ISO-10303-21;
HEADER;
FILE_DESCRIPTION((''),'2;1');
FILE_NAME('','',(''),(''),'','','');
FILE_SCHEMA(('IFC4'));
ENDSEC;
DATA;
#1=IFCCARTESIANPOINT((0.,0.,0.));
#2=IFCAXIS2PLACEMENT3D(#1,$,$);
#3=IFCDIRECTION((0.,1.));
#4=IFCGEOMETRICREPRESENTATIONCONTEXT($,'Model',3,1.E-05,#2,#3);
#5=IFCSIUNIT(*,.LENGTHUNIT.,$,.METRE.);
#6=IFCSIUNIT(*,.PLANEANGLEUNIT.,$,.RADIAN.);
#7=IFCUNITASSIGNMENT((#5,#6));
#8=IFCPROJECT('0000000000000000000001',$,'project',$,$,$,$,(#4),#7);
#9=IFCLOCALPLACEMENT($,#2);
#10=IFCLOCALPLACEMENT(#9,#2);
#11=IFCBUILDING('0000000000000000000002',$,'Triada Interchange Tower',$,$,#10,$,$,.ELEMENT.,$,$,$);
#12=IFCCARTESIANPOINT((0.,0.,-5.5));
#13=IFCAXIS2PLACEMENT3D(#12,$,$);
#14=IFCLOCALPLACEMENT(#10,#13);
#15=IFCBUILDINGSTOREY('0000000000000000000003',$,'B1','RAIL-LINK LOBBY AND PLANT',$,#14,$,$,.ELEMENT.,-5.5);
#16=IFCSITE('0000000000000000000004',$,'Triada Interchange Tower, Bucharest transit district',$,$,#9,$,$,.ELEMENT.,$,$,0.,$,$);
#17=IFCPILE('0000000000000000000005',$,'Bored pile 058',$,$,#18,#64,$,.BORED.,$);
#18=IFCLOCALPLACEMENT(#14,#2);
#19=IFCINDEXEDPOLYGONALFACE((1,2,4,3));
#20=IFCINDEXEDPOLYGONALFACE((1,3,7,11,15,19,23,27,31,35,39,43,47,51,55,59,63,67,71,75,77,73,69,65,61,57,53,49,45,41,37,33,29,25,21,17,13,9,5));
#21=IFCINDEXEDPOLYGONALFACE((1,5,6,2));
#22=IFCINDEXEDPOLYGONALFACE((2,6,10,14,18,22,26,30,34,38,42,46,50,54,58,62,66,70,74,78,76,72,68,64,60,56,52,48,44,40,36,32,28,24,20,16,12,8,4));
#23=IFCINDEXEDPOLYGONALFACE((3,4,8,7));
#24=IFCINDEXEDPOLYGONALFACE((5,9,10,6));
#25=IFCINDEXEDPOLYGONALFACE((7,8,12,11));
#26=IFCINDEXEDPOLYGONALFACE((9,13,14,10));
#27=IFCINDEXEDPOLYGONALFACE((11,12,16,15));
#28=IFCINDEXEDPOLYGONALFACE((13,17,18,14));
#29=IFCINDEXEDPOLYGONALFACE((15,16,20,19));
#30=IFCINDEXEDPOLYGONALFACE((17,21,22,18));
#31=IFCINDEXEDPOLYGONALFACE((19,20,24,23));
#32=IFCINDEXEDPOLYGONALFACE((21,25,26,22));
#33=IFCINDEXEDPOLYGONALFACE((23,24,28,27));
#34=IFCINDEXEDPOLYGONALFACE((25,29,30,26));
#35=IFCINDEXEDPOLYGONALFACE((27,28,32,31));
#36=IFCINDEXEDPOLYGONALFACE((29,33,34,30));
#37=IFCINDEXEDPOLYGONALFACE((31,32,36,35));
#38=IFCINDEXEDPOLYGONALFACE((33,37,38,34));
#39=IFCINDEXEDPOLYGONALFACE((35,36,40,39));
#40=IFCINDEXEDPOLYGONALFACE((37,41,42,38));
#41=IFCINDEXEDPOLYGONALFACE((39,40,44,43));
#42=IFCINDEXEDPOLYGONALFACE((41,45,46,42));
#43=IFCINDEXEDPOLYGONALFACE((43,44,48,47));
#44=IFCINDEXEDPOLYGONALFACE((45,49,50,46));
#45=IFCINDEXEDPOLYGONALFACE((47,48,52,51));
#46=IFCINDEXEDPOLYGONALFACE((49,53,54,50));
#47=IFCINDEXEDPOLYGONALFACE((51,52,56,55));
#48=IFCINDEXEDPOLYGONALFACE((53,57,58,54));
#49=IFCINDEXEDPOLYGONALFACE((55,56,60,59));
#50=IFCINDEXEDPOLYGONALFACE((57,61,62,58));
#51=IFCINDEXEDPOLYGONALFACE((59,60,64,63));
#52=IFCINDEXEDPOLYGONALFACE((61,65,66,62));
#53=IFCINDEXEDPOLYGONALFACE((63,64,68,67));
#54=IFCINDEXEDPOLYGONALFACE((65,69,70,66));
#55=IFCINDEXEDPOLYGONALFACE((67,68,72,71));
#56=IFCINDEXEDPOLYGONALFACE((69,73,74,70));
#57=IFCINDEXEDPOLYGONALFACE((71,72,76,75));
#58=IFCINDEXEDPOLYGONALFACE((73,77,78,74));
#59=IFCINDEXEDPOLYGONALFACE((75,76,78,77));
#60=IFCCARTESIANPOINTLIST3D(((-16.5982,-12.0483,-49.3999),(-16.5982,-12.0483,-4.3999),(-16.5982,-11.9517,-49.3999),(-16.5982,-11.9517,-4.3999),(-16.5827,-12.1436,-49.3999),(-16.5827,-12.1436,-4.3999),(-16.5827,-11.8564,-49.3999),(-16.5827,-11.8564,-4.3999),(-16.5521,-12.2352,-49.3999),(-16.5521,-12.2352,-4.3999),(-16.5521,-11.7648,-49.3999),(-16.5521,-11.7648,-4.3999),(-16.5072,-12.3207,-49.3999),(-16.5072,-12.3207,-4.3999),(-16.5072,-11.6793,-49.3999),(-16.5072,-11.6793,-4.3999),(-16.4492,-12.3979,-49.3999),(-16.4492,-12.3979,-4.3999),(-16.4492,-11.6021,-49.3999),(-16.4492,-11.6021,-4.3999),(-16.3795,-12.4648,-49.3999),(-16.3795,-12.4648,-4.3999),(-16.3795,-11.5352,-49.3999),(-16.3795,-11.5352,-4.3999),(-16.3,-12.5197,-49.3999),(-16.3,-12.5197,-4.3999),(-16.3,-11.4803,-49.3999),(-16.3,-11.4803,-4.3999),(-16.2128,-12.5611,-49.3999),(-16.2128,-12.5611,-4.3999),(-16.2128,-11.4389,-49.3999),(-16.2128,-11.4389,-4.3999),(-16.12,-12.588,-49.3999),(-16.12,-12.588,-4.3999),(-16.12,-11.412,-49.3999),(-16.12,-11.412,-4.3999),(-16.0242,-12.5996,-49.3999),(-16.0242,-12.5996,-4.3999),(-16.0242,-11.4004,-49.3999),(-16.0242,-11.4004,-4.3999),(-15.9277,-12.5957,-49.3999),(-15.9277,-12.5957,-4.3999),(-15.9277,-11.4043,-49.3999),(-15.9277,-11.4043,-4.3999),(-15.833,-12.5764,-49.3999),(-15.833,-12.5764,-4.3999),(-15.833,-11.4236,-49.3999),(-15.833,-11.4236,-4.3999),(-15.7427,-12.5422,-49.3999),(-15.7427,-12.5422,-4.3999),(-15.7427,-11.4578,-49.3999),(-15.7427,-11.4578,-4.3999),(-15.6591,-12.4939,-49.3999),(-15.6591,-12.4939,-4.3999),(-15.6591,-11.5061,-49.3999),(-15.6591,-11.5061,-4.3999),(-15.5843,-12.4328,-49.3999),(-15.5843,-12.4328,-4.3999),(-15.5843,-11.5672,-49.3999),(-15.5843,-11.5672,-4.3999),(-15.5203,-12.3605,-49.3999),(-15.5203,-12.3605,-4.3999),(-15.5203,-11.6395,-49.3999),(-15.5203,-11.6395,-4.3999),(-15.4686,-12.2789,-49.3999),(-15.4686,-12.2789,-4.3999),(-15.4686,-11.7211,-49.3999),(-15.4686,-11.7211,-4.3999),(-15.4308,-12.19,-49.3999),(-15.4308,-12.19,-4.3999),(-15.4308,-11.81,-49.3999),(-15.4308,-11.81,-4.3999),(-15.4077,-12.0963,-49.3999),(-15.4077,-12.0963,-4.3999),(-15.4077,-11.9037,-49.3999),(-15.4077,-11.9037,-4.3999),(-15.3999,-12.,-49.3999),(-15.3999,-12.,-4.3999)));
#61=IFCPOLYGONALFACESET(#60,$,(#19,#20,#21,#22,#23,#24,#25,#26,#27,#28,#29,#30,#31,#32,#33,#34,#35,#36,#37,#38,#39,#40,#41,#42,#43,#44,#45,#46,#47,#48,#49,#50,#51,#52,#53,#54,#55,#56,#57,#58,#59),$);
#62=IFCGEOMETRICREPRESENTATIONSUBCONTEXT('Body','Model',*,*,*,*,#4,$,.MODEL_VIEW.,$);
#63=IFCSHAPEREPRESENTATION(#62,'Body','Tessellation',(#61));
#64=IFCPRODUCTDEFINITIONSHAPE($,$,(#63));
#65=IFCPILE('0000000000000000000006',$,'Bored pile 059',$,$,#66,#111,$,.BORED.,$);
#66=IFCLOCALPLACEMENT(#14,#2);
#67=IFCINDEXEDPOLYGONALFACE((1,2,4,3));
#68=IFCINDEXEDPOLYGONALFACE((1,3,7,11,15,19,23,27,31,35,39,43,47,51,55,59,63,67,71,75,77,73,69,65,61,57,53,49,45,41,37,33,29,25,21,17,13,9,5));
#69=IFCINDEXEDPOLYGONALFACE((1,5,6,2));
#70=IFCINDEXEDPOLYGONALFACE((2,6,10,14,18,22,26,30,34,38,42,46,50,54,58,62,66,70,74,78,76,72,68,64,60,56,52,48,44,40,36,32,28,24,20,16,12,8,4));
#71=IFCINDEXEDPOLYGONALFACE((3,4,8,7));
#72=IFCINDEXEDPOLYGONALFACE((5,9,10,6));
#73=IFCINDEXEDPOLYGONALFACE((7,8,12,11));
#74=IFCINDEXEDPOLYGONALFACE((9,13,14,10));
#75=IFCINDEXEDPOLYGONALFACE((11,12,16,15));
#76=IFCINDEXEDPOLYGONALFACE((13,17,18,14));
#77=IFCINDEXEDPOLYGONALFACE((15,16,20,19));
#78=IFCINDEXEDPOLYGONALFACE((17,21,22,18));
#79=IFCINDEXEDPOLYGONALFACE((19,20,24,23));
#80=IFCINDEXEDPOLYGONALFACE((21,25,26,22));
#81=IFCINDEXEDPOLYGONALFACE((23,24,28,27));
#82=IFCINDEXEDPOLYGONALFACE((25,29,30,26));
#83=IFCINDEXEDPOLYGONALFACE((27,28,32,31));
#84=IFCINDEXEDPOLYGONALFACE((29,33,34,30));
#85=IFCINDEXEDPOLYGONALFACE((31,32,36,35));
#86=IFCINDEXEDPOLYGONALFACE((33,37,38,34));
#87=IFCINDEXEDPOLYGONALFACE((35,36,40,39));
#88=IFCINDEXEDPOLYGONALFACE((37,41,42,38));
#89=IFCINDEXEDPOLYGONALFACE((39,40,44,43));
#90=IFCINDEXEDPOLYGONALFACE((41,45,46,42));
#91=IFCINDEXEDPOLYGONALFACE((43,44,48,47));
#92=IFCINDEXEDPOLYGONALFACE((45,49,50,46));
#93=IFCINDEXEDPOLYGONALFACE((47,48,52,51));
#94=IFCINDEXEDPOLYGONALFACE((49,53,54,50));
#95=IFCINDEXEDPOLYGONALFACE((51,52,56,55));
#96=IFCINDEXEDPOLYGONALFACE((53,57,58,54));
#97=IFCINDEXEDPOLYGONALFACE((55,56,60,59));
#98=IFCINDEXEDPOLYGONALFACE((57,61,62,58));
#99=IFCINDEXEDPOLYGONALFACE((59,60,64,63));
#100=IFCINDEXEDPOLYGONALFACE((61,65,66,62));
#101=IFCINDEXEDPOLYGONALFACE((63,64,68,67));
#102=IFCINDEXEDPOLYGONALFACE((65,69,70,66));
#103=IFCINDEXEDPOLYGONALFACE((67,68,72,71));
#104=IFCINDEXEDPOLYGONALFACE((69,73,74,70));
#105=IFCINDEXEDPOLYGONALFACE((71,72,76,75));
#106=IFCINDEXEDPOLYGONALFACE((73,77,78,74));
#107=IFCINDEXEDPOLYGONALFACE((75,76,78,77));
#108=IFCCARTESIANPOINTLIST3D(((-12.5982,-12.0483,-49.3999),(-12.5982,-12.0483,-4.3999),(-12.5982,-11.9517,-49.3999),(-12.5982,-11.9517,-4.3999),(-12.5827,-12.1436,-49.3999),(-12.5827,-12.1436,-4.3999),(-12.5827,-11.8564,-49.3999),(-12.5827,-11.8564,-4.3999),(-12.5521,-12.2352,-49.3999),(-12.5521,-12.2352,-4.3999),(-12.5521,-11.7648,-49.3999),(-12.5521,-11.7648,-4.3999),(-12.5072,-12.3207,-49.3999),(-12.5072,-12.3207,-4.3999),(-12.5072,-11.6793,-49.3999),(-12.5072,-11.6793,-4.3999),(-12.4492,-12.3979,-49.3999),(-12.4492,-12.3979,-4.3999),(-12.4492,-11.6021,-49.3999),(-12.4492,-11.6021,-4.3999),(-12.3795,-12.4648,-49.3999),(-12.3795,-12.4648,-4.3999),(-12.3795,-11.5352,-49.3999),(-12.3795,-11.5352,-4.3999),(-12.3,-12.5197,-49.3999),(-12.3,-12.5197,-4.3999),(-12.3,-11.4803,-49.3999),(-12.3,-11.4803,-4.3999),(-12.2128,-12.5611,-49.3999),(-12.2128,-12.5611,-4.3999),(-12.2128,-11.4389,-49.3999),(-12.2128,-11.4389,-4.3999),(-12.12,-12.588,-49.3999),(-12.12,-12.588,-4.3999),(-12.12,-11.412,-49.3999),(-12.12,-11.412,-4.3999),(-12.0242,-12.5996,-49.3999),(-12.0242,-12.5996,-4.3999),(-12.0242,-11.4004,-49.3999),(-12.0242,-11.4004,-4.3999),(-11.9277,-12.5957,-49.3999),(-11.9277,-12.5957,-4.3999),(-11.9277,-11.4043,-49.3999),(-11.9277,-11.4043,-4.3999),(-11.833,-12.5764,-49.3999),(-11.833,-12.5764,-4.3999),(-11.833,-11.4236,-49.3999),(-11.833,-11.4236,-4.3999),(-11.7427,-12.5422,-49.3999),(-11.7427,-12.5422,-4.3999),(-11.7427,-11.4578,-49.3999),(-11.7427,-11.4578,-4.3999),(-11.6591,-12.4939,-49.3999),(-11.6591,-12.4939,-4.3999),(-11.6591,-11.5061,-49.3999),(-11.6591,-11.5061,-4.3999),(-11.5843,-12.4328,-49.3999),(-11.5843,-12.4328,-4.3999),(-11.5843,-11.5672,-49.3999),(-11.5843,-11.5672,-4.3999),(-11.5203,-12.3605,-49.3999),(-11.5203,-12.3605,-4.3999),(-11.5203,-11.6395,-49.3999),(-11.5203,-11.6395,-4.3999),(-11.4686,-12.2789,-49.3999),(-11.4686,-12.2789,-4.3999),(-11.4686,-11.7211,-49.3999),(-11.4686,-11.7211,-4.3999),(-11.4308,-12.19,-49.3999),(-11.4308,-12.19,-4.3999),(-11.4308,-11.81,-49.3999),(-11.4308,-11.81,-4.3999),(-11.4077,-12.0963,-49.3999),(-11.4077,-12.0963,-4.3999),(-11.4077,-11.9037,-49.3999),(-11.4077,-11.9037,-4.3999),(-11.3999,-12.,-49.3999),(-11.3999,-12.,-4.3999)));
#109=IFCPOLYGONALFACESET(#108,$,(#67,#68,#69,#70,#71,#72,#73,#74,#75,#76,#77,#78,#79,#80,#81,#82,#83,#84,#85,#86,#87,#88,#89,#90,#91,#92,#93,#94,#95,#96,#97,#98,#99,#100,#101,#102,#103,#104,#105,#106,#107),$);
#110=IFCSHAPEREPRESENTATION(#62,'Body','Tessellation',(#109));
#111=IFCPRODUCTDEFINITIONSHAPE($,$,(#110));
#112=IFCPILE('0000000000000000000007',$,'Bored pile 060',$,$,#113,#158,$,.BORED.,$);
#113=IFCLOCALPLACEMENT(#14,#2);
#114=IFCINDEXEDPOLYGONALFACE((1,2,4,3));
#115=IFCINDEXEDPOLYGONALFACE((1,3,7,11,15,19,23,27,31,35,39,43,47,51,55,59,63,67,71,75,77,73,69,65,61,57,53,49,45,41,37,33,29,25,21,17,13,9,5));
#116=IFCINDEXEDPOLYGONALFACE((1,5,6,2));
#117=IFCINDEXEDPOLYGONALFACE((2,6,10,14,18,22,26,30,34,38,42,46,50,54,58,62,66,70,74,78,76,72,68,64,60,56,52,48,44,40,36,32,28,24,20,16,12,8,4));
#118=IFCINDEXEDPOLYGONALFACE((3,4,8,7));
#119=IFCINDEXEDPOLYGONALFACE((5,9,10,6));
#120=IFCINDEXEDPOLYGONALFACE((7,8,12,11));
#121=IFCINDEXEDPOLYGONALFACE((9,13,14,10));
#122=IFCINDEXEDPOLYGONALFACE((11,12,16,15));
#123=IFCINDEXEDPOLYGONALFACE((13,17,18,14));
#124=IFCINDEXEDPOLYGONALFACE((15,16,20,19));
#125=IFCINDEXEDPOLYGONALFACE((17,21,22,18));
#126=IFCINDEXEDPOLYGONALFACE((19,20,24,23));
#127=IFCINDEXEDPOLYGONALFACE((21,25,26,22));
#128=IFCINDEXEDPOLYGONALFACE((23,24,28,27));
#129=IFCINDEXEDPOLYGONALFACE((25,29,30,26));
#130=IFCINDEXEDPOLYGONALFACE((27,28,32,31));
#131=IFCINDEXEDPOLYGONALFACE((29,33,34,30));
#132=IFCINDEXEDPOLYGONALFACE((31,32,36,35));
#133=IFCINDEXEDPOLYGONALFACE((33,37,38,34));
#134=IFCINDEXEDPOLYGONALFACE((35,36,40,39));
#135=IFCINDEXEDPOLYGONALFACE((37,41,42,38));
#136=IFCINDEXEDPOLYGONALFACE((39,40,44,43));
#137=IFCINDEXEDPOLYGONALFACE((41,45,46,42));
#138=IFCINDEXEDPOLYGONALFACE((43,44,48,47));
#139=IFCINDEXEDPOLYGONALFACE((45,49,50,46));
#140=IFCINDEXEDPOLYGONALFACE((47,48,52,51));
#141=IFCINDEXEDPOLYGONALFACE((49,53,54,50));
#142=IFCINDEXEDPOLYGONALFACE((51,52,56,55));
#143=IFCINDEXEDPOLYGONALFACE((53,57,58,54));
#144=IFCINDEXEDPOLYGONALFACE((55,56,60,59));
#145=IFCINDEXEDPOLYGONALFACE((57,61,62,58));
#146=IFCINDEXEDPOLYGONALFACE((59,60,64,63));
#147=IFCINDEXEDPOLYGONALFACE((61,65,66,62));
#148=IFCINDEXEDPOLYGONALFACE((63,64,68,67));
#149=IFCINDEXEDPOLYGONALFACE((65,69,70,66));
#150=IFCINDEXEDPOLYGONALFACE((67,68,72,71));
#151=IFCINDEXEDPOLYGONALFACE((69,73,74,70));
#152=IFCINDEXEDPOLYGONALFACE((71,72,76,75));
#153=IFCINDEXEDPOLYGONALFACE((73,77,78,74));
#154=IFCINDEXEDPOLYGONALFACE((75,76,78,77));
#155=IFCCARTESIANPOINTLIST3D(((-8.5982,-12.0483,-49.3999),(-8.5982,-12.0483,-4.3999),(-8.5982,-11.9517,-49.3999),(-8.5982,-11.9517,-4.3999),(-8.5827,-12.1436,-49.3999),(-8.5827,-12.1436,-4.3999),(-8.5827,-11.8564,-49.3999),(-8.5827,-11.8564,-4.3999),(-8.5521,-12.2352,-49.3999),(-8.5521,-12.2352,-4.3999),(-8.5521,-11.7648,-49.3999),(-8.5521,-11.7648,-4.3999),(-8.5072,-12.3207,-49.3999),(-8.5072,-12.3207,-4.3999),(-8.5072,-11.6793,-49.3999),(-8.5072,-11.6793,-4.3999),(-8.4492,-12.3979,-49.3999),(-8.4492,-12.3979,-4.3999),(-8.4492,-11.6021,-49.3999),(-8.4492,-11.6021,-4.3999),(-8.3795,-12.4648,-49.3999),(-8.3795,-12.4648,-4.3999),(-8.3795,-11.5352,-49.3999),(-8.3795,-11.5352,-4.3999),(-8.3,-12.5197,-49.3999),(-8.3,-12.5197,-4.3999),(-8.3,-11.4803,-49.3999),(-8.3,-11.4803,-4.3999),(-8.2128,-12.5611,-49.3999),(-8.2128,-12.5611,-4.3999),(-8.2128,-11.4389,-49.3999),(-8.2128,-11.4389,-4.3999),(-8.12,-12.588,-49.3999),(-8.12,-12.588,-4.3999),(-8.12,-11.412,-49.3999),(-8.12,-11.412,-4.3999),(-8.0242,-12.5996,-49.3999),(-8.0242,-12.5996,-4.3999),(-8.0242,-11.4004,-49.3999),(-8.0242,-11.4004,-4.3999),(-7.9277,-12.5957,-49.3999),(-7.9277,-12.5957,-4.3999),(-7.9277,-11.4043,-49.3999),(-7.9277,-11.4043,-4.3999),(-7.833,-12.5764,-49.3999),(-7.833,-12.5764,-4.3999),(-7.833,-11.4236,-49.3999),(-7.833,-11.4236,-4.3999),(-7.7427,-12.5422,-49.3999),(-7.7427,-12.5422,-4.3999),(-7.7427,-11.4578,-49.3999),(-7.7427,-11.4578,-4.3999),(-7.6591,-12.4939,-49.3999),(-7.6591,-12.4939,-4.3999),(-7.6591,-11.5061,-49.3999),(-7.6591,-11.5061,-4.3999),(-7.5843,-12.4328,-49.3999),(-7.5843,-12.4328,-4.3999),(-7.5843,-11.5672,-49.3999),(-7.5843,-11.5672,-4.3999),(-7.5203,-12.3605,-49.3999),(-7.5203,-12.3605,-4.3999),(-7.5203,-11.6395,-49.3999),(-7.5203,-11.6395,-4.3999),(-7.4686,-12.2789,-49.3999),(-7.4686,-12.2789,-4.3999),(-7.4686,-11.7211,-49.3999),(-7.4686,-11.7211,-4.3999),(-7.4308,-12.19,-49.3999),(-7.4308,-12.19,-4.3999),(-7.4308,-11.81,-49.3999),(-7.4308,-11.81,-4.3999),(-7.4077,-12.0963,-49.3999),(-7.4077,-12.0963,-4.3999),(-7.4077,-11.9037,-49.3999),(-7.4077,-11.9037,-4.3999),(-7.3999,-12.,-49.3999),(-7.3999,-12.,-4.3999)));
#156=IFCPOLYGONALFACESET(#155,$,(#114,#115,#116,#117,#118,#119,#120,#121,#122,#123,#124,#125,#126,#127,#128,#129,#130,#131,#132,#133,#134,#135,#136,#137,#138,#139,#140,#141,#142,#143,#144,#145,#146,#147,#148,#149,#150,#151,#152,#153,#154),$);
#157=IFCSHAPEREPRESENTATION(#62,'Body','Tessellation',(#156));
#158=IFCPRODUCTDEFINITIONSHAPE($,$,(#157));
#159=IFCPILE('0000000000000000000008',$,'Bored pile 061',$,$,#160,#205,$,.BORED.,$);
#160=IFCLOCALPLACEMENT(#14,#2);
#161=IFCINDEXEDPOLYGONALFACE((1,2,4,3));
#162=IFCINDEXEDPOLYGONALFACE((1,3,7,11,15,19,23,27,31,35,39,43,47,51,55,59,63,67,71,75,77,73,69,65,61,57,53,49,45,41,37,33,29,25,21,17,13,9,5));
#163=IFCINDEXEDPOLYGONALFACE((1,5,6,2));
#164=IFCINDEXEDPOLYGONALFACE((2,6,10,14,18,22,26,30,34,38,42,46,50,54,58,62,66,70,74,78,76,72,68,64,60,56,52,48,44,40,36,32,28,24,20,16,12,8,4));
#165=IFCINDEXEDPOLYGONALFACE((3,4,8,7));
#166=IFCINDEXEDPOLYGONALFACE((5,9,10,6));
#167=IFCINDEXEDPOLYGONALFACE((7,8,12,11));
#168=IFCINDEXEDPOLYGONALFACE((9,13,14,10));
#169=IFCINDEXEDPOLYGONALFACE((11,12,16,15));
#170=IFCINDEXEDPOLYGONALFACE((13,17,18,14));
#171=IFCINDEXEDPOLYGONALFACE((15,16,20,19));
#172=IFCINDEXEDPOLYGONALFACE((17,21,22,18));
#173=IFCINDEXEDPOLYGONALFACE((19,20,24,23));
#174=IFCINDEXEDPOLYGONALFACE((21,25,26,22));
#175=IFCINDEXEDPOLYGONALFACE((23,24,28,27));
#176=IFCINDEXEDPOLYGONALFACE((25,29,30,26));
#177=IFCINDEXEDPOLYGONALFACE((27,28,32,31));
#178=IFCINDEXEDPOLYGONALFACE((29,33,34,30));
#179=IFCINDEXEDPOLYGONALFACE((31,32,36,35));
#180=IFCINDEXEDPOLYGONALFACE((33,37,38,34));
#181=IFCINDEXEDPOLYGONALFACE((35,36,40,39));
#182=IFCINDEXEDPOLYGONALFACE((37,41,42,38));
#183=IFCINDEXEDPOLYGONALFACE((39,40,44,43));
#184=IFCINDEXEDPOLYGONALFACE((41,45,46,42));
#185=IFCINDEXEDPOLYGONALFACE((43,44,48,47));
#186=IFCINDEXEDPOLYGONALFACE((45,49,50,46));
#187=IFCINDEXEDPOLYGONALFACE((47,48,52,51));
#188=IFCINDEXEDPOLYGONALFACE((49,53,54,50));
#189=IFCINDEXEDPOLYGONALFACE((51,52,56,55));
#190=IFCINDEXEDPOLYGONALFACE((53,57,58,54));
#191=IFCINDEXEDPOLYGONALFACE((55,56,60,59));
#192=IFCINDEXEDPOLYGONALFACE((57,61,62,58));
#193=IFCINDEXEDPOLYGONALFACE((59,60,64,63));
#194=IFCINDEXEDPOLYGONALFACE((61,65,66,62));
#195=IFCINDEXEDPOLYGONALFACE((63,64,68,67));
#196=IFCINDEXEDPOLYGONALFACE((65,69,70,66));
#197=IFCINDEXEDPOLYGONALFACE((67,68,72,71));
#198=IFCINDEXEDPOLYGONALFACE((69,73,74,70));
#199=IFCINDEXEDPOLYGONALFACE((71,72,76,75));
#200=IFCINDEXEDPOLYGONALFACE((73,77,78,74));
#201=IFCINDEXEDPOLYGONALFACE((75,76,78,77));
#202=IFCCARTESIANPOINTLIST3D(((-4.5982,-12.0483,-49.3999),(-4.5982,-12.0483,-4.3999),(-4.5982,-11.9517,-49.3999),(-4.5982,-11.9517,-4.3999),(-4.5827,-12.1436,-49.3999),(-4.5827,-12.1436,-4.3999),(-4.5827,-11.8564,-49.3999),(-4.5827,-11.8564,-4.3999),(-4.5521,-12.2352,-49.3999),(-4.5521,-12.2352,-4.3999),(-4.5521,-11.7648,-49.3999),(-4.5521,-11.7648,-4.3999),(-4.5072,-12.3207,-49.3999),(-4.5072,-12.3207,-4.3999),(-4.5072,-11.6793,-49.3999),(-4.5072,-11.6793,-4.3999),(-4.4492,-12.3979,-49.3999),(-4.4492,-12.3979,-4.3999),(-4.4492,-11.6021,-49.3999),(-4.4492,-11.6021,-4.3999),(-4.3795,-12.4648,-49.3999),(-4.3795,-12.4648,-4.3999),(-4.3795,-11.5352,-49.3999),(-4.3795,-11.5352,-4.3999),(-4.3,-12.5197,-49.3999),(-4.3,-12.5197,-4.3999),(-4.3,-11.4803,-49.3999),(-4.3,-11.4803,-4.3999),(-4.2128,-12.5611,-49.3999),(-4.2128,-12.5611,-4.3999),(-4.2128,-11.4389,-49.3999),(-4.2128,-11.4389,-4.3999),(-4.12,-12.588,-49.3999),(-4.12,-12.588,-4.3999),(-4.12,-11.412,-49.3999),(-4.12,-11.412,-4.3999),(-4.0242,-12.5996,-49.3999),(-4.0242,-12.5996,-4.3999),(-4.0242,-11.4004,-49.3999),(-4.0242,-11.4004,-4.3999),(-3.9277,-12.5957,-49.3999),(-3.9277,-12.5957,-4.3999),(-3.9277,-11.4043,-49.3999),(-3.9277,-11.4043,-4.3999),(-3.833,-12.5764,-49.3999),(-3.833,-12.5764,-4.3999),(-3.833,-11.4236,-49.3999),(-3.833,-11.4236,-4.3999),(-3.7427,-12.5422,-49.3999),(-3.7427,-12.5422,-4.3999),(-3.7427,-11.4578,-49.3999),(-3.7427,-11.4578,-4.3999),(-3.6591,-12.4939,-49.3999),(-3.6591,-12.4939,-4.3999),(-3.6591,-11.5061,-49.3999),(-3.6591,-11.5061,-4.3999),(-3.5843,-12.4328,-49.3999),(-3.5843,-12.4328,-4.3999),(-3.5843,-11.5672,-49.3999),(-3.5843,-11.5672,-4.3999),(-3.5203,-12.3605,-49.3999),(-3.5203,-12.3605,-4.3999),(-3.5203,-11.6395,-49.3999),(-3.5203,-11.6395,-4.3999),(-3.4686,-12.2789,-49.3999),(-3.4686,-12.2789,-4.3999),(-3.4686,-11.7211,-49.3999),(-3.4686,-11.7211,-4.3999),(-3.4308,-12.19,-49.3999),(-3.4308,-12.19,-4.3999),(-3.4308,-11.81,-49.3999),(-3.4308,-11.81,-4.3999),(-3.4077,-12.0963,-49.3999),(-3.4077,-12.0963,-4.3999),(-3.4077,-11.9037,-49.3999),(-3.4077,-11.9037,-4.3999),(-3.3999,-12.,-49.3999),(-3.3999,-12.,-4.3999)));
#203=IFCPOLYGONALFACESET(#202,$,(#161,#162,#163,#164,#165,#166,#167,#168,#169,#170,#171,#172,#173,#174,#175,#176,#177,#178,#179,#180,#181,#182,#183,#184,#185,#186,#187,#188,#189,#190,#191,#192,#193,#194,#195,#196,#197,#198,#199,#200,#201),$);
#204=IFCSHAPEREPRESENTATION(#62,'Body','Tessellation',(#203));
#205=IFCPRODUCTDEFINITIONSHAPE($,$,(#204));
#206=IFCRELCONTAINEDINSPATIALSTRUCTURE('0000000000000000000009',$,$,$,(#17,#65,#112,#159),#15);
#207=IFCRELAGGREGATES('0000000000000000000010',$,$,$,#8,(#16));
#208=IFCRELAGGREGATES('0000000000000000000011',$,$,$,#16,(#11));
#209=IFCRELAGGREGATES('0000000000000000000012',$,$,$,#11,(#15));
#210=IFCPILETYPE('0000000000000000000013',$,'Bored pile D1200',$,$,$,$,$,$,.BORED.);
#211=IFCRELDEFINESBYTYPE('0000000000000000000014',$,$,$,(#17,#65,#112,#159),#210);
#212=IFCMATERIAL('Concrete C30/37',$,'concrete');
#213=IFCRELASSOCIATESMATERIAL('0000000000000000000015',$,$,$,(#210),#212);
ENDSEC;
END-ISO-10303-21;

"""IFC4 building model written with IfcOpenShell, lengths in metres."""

from ifc_helpers import new_model, si_unit, direction, frame, origin, origin_2d, place, context, subcontext, project, spatial, circle, extrude, material, material_profile, profile_set, type_object, element, save


model = new_model("IFC4")

# Units and contexts
model_context = context("Model", 3, precision=1e-05, world=origin(), true_north=direction((0.0, 1.0)))
body_context = subcontext(model_context, "Body", "Model", "MODEL_VIEW")
ifc_project = project(units=[si_unit("LENGTHUNIT", "METRE"), si_unit("PLANEANGLEUNIT", "RADIAN")], contexts=[model_context])

# Site, building, storey
site_placement = place(None, origin())
site = spatial("IfcSite", under=ifc_project, at=site_placement, Name="Triada Interchange Tower, Bucharest transit district", CompositionType="ELEMENT", RefElevation=0.0)
building_placement = place(site_placement, origin())
building = spatial("IfcBuilding", under=site, at=building_placement, Name="Triada Interchange Tower", CompositionType="ELEMENT")
storey_placement = place(building_placement, frame((0.0, 0.0, -5.5)))
storey = spatial("IfcBuildingStorey", under=building, at=storey_placement, Name="B1", Description="RAIL-LINK LOBBY AND PLANT", CompositionType="ELEMENT", Elevation=-5.5)

# Piles
ifc_material_1 = material(Name="Concrete C30/37", Category="concrete")
ifc_material_profile_1 = material_profile(ifc_material_1, circle(Radius=0.6001, at=origin_2d()), Name="RC D1200")
ifc_profile_set_1 = profile_set([ifc_material_profile_1], Name="Concrete C30/37")
pile_type = type_object("IfcPileType", Name="Bored pile D1200", PredefinedType="BORED", material=ifc_profile_set_1)
for number, where, z_axis, x_axis, name in (
    (1, (-16.0, -12.0, -4.3999), (0.0, 0.0, -1.0), (1.0, 0.0, 0.0), "Bored pile 058"),
    (2, (-12.0, -12.0, -4.3999), (0.0, 0.0, -1.0), (1.0, 0.0, 0.0), "Bored pile 059"),
    (3, (-8.0, -12.0, -4.3999), (0.0, 0.0, -1.0), (1.0, 0.0, 0.0), "Bored pile 060"),
    (4, (-4.0, -12.0, -4.3999), (0.0, 0.0, -1.0), (1.0, 0.0, 0.0), "Bored pile 061"),
):
    element("IfcPile", number, at=place(storey_placement, frame(where, z_axis=z_axis, x_axis=x_axis)), inside=storey, type_object=pile_type, Name=name, PredefinedType="BORED", context=body_context, shape_type="SweptSolid", body=[
        extrude(circle(Radius=0.6001, at=origin_2d()), origin(), (0.0, 0.0, 1.0), 45.0),
    ])

save(model, "model.ifc")
